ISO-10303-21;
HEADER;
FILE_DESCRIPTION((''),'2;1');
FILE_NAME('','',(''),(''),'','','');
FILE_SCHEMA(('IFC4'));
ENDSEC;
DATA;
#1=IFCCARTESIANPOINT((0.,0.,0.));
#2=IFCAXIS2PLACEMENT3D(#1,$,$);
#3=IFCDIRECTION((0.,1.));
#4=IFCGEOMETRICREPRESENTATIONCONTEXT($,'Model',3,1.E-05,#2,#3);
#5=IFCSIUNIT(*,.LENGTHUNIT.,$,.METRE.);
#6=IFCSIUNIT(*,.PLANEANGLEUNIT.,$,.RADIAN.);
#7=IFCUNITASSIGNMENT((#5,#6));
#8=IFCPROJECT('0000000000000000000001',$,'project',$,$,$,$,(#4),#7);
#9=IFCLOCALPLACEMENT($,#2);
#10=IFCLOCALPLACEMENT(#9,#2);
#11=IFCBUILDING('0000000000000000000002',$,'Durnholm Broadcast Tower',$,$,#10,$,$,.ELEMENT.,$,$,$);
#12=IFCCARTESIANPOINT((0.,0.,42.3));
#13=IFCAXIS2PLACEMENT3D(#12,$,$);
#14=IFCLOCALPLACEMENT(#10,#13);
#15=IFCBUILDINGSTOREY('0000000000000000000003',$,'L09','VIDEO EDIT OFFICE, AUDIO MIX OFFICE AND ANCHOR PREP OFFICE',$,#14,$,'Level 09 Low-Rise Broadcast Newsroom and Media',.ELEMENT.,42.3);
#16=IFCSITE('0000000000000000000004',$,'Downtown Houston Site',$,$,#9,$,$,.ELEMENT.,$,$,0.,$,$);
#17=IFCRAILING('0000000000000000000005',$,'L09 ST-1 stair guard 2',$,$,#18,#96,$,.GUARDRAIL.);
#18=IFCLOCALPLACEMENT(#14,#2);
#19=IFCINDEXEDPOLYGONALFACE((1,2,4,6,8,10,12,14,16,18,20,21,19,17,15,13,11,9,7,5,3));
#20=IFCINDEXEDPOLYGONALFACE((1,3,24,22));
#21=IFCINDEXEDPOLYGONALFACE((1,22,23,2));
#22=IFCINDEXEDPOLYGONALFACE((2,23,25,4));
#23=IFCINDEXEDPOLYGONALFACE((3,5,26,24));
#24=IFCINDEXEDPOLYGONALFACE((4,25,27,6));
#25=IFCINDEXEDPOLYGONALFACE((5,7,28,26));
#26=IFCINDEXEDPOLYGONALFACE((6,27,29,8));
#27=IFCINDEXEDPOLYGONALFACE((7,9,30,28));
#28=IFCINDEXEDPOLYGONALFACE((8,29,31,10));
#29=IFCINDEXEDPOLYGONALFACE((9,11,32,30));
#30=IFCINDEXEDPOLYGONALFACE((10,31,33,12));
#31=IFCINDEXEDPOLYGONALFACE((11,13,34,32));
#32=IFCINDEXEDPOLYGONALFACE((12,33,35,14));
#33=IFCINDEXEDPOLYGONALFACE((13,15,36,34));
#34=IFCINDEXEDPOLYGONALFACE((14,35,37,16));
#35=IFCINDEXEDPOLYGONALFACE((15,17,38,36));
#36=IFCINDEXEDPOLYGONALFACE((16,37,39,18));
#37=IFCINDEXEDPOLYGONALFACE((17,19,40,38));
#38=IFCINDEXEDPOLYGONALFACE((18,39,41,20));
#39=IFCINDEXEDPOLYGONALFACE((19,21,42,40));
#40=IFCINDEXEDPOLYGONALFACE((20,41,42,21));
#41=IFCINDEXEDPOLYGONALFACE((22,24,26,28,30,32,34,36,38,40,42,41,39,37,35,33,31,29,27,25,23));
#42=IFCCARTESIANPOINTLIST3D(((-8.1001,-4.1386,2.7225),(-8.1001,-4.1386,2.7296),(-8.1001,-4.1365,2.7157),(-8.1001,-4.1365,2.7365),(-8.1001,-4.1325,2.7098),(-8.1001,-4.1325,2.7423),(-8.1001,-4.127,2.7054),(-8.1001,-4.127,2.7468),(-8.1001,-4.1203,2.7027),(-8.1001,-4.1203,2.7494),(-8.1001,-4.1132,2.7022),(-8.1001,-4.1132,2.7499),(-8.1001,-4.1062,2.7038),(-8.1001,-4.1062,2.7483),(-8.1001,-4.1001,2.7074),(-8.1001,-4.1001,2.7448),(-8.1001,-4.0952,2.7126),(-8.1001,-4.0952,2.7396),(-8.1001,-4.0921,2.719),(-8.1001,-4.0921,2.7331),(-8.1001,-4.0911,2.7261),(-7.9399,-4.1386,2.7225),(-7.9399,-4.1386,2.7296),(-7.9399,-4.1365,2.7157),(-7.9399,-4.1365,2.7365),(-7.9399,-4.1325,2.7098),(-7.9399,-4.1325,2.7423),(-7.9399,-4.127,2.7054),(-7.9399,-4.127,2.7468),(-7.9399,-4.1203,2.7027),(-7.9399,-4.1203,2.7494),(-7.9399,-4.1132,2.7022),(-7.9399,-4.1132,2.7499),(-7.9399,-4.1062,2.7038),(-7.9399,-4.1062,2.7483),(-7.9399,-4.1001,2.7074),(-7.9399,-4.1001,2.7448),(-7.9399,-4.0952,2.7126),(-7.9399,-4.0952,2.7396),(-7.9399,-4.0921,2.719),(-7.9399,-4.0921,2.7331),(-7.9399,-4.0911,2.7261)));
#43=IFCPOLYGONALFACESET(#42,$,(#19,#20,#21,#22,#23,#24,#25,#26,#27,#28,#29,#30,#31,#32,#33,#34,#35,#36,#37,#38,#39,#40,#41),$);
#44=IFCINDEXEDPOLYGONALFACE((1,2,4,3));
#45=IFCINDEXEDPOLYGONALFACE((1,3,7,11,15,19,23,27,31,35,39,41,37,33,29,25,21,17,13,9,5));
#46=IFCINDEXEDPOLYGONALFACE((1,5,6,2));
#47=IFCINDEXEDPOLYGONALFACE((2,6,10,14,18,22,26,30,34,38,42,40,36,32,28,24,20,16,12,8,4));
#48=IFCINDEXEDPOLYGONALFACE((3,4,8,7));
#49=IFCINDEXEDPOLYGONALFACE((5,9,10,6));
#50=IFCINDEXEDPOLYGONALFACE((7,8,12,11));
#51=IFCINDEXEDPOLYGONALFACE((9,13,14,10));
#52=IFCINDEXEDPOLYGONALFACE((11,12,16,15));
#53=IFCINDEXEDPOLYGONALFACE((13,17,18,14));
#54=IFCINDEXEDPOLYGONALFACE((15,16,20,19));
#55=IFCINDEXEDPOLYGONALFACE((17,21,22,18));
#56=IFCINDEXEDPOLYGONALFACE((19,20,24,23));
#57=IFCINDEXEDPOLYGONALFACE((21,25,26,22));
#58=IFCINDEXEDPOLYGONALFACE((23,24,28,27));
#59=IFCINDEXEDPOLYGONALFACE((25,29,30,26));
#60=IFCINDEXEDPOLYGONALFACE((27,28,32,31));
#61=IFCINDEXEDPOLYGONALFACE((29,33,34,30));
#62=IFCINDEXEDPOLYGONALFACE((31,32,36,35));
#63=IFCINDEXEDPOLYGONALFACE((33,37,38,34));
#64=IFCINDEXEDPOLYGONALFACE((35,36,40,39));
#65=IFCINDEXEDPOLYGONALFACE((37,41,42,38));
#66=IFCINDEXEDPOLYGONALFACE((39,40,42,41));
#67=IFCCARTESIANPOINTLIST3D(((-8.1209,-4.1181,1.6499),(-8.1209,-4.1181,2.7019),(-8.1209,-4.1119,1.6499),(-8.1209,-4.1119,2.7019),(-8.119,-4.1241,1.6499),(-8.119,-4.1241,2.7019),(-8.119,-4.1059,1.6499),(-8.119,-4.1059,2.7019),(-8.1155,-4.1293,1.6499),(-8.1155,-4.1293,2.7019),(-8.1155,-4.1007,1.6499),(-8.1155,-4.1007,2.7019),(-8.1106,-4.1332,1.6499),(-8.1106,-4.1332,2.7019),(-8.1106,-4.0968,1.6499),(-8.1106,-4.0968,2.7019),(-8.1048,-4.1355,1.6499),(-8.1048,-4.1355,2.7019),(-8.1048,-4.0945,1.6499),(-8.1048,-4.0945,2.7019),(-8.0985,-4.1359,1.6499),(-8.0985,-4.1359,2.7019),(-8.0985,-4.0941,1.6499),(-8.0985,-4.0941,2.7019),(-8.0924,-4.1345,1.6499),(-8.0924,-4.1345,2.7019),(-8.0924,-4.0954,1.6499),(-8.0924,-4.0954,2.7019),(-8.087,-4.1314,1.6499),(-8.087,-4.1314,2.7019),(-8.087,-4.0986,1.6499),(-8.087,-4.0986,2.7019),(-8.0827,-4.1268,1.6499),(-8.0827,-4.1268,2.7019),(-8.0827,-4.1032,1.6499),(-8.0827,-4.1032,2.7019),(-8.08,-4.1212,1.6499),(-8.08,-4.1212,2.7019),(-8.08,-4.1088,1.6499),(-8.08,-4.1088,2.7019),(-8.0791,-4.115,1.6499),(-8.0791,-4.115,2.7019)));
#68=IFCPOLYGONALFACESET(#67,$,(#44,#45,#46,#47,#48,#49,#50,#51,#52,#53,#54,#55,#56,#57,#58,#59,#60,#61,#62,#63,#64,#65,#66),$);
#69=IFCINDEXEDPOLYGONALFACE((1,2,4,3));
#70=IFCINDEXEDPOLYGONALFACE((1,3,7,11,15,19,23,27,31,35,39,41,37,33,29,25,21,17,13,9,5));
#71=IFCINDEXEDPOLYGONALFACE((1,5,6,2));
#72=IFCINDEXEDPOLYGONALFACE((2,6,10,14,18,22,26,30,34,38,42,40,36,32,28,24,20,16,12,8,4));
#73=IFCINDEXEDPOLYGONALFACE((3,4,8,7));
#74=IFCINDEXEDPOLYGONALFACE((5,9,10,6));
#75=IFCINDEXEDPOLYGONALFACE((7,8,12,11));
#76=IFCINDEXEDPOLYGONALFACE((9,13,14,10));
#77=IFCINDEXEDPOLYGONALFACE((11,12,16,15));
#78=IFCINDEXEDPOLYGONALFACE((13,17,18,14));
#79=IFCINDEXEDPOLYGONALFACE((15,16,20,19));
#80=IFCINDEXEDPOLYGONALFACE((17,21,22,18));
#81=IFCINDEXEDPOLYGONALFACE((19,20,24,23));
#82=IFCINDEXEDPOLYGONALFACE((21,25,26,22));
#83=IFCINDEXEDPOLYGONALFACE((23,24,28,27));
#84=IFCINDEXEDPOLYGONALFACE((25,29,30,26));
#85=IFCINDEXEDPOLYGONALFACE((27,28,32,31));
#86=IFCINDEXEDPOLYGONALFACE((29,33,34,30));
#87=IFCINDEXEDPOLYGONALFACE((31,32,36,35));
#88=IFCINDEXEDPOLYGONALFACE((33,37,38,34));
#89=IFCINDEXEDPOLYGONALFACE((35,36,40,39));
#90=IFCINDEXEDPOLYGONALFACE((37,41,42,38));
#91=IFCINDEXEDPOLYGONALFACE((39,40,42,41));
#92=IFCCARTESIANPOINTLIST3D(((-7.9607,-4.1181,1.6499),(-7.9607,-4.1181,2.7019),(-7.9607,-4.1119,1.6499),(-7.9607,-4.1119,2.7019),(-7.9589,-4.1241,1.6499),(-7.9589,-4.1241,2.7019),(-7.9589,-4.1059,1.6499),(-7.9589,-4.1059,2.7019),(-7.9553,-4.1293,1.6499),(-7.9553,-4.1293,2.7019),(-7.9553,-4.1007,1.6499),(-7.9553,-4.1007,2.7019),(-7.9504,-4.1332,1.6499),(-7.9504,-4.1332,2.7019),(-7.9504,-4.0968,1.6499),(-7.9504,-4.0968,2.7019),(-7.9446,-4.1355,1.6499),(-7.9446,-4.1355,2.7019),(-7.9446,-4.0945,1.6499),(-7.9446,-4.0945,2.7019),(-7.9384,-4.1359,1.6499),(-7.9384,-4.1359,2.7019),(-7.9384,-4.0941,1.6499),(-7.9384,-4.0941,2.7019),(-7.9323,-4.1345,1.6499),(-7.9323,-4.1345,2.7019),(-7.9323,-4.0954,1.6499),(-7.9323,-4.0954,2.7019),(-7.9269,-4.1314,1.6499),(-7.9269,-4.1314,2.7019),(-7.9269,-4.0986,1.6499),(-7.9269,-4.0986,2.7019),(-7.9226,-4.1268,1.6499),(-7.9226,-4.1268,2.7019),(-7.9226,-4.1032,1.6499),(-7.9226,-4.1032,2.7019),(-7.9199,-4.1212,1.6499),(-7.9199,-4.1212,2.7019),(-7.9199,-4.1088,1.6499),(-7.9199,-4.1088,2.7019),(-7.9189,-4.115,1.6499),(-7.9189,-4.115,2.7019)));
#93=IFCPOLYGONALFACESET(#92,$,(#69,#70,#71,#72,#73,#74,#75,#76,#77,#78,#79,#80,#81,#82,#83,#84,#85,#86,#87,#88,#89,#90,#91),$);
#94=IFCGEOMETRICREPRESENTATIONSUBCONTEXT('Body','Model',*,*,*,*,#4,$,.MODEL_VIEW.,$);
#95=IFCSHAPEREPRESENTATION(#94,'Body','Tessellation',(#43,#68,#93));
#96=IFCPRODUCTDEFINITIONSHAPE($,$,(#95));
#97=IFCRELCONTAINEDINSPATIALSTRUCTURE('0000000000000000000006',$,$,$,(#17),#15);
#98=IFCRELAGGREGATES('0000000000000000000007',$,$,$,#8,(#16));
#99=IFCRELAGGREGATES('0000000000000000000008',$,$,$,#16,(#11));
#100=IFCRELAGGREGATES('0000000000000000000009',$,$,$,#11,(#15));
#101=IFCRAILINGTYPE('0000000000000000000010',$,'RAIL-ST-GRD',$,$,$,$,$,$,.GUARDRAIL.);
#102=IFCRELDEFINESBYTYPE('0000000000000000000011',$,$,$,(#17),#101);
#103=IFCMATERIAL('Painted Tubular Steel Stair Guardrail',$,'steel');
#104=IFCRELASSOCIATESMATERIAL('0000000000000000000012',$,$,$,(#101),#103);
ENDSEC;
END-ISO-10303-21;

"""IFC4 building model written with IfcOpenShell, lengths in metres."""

from ifc_helpers import new_model, si_unit, direction, frame, origin, origin_2d, place, context, subcontext, project, spatial, circle, extrude, material, type_object, element, save


model = new_model("IFC4")

# Units and contexts
model_context = context("Model", 3, precision=1e-05, world=origin(), true_north=direction((0.0, 1.0)))
body_context = subcontext(model_context, "Body", "Model", "MODEL_VIEW")
ifc_project = project(units=[si_unit("LENGTHUNIT", "METRE"), si_unit("PLANEANGLEUNIT", "RADIAN")], contexts=[model_context])

# Site, building, storey
site_placement = place(None, origin())
site = spatial("IfcSite", under=ifc_project, at=site_placement, Name="Downtown Houston Site", CompositionType="ELEMENT", RefElevation=0.0)
building_placement = place(site_placement, origin())
building = spatial("IfcBuilding", under=site, at=building_placement, Name="Durnholm Broadcast Tower", CompositionType="ELEMENT")
storey_placement = place(building_placement, frame((0.0, 0.0, 42.3)))
storey = spatial("IfcBuildingStorey", under=building, at=storey_placement, Name="L09", Description="VIDEO EDIT OFFICE, AUDIO MIX OFFICE AND ANCHOR PREP OFFICE", LongName="Level 09 Low-Rise Broadcast Newsroom and Media", CompositionType="ELEMENT", Elevation=42.3)

# Railing
ifc_material_1 = material(Name="Painted Tubular Steel Stair Guardrail", Category="steel")
railing_type_1 = type_object("IfcRailingType", Name="RAIL-ST-GRD", PredefinedType="GUARDRAIL", material=ifc_material_1)
railing_1_placement = place(storey_placement, frame((-8.1001, -4.115, 1.6499)))
element("IfcRailing", 1, at=railing_1_placement, inside=storey, type_object=railing_type_1, Name="L09 ST-1 stair guard 2", PredefinedType="GUARDRAIL", context=body_context, shape_type="SweptSolid", body=[
    extrude(circle(Radius=0.0239, at=origin_2d()), frame((0.0, 0.0, 1.0762), z_axis=(1.0, 0.0, 0.0), x_axis=(0.0, 1.0, 0.0)), (0.0, 0.0, 1.0), 0.1602),
    extrude(circle(Radius=0.021, at=origin_2d()), origin(), (0.0, 0.0, 1.0), 1.052),
    extrude(circle(Radius=0.021, at=origin_2d()), frame((0.1602, 0.0, 0.0)), (0.0, 0.0, 1.0), 1.052),
])

save(model, "model.ifc")
